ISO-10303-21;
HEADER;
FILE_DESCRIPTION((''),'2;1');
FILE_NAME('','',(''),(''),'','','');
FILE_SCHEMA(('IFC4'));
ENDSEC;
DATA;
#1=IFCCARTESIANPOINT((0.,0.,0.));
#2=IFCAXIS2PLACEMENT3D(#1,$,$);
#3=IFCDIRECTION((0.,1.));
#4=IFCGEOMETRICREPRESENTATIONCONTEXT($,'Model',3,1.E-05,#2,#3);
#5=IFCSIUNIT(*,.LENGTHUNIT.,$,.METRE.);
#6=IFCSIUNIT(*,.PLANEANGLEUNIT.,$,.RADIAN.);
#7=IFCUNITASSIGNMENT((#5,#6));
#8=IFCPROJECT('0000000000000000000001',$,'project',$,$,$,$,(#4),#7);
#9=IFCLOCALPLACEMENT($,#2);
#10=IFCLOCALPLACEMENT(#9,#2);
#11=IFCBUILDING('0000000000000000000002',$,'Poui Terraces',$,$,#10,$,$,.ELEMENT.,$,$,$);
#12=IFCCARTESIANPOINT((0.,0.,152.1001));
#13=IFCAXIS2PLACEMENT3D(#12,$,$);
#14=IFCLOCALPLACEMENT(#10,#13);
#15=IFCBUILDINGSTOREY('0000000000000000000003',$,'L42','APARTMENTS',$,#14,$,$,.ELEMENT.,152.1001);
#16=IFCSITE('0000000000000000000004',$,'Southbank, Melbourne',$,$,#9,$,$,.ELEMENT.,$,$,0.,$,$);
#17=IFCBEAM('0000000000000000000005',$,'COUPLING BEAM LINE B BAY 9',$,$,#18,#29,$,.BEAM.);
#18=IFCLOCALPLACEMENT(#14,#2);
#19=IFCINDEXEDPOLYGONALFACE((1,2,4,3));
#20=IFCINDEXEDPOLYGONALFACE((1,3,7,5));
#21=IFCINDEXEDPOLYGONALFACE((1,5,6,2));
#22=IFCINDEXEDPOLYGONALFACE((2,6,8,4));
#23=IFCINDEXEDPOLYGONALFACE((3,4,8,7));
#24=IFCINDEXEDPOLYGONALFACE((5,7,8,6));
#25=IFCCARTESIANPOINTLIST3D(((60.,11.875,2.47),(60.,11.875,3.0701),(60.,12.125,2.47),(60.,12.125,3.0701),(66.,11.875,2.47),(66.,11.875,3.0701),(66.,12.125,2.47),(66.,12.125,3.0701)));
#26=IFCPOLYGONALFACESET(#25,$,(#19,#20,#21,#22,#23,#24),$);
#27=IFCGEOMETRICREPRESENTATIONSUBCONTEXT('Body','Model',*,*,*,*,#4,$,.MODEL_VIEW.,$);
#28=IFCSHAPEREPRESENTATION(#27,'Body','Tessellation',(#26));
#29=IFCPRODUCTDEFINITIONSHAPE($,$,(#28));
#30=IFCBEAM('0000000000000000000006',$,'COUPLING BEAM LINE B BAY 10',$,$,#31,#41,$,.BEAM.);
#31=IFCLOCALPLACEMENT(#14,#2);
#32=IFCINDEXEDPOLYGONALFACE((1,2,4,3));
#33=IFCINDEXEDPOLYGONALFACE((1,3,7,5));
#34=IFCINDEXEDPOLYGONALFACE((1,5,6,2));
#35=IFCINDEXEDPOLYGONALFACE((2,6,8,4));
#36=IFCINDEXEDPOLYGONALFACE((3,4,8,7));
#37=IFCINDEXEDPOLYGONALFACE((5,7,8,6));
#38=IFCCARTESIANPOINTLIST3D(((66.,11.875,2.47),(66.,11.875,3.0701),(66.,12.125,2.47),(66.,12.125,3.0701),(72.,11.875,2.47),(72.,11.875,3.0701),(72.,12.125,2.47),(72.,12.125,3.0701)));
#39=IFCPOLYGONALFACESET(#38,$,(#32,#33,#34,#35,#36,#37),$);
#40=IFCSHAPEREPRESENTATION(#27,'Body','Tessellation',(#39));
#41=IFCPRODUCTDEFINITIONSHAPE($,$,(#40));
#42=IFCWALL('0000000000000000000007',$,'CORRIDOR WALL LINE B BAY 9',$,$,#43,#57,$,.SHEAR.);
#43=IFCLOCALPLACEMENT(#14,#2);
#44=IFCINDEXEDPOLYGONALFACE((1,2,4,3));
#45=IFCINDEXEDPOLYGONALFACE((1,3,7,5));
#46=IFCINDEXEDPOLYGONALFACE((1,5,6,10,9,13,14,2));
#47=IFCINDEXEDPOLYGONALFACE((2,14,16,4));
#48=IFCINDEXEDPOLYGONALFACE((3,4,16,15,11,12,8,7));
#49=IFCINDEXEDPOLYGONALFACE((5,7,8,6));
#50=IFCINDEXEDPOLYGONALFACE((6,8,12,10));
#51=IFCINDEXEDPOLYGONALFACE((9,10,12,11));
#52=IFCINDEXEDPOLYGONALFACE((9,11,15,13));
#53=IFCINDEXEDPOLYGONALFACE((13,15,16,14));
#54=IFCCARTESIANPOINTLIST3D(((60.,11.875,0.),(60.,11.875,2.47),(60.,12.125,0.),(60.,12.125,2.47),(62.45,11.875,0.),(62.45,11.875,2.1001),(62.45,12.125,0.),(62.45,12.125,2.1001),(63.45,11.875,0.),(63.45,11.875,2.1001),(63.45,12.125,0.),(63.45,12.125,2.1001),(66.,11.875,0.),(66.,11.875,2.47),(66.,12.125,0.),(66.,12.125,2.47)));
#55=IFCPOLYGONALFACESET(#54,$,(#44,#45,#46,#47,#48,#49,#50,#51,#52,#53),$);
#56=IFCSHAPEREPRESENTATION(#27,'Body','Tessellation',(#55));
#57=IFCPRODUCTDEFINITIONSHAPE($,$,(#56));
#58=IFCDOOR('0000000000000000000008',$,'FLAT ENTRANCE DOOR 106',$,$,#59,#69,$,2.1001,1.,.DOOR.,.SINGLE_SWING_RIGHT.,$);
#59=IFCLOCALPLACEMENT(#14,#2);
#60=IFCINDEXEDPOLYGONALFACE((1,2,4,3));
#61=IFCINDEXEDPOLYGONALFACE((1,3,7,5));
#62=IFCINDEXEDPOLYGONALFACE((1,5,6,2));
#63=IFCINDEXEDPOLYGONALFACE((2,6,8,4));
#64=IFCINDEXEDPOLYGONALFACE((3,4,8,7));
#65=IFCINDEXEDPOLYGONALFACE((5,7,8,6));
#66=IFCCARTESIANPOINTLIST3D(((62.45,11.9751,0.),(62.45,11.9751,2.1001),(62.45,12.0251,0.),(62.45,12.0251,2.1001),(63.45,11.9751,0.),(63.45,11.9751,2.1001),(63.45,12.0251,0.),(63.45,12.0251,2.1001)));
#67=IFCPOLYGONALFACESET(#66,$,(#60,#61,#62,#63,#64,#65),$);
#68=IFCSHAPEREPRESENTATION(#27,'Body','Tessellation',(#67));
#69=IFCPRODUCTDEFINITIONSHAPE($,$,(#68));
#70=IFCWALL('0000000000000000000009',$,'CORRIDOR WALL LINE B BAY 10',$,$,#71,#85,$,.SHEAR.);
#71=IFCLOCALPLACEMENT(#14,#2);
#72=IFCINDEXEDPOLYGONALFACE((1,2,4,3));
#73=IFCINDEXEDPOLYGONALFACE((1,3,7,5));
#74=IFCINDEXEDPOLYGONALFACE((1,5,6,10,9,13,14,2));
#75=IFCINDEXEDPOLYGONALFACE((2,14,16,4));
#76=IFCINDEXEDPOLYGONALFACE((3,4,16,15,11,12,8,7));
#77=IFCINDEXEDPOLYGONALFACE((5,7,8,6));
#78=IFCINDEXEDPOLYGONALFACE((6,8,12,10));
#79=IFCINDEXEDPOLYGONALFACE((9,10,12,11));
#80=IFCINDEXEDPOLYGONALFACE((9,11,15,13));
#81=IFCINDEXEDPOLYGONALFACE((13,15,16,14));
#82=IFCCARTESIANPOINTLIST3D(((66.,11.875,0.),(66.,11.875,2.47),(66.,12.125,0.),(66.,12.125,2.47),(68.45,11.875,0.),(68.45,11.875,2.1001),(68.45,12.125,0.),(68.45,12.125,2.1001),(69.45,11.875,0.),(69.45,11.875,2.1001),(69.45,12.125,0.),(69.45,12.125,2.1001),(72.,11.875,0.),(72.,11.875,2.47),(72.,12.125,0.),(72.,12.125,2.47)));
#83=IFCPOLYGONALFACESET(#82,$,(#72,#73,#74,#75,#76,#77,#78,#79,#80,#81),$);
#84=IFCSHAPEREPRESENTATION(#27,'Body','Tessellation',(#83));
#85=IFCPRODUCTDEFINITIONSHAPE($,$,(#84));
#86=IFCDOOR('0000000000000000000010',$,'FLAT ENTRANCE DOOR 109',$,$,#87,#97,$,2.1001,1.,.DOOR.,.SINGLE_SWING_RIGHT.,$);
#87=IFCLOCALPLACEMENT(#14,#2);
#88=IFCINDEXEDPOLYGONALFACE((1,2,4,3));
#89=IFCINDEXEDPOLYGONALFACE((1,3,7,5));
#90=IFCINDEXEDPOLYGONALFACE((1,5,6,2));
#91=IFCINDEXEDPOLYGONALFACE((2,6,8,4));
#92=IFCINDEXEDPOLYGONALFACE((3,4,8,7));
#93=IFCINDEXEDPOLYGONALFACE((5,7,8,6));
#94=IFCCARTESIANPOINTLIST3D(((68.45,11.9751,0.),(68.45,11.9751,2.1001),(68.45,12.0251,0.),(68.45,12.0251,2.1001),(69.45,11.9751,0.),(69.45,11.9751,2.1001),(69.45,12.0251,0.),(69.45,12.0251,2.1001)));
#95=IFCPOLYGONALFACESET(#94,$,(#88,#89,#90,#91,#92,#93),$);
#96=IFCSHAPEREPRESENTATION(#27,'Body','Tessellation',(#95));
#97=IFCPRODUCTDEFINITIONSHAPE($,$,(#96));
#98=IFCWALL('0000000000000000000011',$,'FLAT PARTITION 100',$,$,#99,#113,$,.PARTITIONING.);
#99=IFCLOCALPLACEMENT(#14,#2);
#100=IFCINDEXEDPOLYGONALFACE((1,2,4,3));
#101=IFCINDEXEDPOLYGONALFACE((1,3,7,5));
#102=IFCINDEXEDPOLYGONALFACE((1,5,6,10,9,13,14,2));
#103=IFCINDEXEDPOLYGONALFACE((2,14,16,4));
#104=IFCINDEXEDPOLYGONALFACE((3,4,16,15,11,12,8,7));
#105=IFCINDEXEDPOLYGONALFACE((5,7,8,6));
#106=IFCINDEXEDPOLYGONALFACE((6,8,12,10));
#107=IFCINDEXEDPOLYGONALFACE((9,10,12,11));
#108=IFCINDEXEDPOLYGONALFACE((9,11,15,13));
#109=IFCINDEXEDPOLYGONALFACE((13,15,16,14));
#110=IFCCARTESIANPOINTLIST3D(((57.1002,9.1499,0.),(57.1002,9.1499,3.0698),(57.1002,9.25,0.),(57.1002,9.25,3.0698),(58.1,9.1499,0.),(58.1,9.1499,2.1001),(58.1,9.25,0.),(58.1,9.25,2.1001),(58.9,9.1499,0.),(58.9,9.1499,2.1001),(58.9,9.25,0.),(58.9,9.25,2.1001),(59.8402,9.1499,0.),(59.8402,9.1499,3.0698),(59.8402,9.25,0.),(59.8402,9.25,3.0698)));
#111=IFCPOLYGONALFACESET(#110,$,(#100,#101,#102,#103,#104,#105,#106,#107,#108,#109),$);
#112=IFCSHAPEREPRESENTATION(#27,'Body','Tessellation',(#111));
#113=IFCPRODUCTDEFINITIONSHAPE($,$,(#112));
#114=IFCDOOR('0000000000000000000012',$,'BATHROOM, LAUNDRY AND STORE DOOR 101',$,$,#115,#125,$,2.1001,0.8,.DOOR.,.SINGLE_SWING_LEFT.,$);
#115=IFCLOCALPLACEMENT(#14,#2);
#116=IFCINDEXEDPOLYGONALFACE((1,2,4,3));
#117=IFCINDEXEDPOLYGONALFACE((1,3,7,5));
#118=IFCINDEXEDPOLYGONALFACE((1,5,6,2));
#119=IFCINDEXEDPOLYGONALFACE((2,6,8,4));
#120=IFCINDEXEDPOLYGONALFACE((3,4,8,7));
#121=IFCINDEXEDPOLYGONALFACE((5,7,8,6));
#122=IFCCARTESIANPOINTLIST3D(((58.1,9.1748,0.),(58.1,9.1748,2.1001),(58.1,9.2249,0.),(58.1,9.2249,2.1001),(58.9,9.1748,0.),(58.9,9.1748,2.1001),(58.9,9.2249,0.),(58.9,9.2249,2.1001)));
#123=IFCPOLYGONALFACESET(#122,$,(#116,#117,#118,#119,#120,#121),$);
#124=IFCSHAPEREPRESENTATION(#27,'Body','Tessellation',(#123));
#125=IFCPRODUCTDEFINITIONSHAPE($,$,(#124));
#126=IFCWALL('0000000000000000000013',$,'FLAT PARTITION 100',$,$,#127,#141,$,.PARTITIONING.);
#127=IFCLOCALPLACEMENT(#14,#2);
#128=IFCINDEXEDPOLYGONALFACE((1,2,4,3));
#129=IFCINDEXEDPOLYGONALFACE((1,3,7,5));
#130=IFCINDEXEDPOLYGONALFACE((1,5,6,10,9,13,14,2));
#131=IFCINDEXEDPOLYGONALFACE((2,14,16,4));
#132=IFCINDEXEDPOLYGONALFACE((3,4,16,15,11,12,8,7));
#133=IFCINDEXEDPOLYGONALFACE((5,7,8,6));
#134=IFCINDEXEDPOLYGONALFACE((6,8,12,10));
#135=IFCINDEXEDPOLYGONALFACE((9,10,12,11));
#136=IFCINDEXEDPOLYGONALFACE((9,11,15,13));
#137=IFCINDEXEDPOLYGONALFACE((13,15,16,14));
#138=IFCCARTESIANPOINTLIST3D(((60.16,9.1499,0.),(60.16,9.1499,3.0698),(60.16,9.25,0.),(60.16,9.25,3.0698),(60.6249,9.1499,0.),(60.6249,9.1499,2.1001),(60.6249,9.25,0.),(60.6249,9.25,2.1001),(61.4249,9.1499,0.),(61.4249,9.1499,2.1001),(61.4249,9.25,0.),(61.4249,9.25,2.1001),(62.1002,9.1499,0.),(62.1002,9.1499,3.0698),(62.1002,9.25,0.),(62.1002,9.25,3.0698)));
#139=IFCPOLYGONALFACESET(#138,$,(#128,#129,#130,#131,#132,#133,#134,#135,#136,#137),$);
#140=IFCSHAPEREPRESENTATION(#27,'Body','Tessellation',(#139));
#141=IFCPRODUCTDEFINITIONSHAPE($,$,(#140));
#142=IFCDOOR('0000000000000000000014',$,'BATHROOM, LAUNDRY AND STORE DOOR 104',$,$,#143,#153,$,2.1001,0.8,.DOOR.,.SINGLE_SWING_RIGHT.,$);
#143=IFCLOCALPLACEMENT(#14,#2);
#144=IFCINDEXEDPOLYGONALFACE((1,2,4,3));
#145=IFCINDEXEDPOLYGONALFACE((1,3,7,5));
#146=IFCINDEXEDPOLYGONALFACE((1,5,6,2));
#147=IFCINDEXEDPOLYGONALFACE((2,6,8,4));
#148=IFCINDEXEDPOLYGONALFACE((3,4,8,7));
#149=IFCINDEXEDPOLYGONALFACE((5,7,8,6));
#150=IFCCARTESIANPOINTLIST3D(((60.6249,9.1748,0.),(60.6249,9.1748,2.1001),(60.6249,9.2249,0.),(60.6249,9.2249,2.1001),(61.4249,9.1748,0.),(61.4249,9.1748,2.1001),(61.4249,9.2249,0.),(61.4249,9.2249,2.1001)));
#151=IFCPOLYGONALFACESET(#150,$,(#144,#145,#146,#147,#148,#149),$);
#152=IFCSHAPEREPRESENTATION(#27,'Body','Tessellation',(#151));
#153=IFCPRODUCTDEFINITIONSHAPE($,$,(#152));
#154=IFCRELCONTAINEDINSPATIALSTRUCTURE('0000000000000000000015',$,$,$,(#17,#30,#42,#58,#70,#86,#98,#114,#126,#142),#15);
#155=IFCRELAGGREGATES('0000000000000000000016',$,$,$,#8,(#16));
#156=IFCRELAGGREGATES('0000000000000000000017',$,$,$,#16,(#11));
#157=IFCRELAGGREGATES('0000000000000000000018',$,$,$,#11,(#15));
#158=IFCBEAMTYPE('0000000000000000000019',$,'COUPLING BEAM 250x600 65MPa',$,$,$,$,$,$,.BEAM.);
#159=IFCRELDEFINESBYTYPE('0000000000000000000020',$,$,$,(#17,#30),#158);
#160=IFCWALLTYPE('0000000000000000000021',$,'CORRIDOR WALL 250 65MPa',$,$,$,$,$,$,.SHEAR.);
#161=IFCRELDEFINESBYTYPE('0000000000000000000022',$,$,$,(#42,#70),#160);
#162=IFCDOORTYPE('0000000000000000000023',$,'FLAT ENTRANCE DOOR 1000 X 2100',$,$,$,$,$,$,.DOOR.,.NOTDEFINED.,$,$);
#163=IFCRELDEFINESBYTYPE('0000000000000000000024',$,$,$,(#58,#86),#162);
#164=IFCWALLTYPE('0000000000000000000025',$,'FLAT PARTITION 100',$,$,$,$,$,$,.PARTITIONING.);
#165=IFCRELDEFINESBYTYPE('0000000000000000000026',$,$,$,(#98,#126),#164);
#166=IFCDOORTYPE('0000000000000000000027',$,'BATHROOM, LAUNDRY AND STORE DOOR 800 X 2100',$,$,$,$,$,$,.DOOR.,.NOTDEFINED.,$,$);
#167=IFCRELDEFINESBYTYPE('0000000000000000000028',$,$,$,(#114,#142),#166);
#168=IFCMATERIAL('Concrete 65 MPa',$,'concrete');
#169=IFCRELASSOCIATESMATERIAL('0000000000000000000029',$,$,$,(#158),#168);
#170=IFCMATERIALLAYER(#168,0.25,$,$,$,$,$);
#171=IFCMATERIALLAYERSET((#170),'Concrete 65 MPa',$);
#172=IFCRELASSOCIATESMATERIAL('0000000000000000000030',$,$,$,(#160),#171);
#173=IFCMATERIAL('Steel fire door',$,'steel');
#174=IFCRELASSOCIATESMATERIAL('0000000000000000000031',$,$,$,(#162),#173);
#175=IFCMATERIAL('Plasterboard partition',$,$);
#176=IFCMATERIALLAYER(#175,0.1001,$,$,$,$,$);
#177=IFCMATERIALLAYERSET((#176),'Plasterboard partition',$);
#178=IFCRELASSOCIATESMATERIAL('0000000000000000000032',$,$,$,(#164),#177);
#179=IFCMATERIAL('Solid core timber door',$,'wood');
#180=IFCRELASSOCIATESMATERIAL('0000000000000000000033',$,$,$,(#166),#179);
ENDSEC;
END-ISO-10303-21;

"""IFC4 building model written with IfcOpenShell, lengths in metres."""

from ifc_helpers import new_model, si_unit, direction, frame, frame_2d, origin, origin_2d, place, context, subcontext, project, spatial, rectangle, extrude, source, transform, mapped, material, layer, layer_set, material_profile, profile_set, type_object, element, fill, save


model = new_model("IFC4")

# Units and contexts
model_context = context("Model", 3, precision=1e-05, world=origin(), true_north=direction((0.0, 1.0)))
body_context = subcontext(model_context, "Body", "Model", "MODEL_VIEW")
ifc_project = project(units=[si_unit("LENGTHUNIT", "METRE"), si_unit("PLANEANGLEUNIT", "RADIAN")], contexts=[model_context])

# Site, building, storey
site_placement = place(None, origin())
site = spatial("IfcSite", under=ifc_project, at=site_placement, Name="Southbank, Melbourne", CompositionType="ELEMENT", RefElevation=0.0)
building_placement = place(site_placement, origin())
building = spatial("IfcBuilding", under=site, at=building_placement, Name="Poui Terraces", CompositionType="ELEMENT")
storey_placement = place(building_placement, frame((0.0, 0.0, 152.1001)))
storey = spatial("IfcBuildingStorey", under=building, at=storey_placement, Name="L42", Description="APARTMENTS", CompositionType="ELEMENT", Elevation=152.1001)

# Beams
ifc_material_1 = material(Name="Concrete 65 MPa", Category="concrete")
ifc_material_profile = material_profile(ifc_material_1, rectangle(XDim=0.25, YDim=0.6001, at=origin_2d()), Name="RC 250x600")
ifc_profile_set = profile_set([ifc_material_profile], Name="Concrete 65 MPa")
beam_type = type_object("IfcBeamType", Name="COUPLING BEAM 250x600 65MPa", PredefinedType="BEAM", material=ifc_profile_set)
shared_shape = source(origin(), body_context, "Body", "SweptSolid", [
    extrude(rectangle(XDim=0.25, YDim=0.6001, at=origin_2d()), origin(), (0.0, 0.0, 1.0), 6.0),
])
for number, where, z_axis, x_axis, name in (
    (1, (60.0, 12.0, 2.77), (1.0, 0.0, 0.0), (0.0, 1.0, 0.0), "COUPLING BEAM LINE B BAY 9"),
    (2, (66.0, 12.0, 2.77), (1.0, 0.0, 0.0), (0.0, 1.0, 0.0), "COUPLING BEAM LINE B BAY 10"),
):
    element("IfcBeam", number, at=place(storey_placement, frame(where, z_axis=z_axis, x_axis=x_axis)), inside=storey, type_object=beam_type, Name=name, PredefinedType="BEAM", context=body_context, shape_type="MappedRepresentation", body=[
        mapped(shared_shape, transform((0.0, 0.0, 0.0))),
    ])

# Walls, openings, doors
ifc_layer_1 = layer(ifc_material_1, 0.25)
ifc_layer_set_1 = layer_set([ifc_layer_1], Name="Concrete 65 MPa")
wall_type_1 = type_object("IfcWallType", Name="CORRIDOR WALL 250 65MPa", PredefinedType="SHEAR", material=ifc_layer_set_1)
wall_1_placement = place(storey_placement, frame((60.0, 12.0, 0.0), z_axis=(0.0, 0.0, 1.0), x_axis=(1.0, 0.0, 0.0)))
wall_1 = element("IfcWall", 3, at=wall_1_placement, inside=storey, type_object=wall_type_1, Name="CORRIDOR WALL LINE B BAY 9", PredefinedType="SHEAR", context=body_context, shape_type="SweptSolid", body=[
    extrude(rectangle(XDim=6.0, YDim=0.25, at=frame_2d((3.0, 0.0))), origin(), (0.0, 0.0, 1.0), 2.47),
])
opening_1_placement = place(wall_1_placement, frame((2.45, 0.0, 0.0)))
opening_1 = element("IfcOpeningElement", 4, at=opening_1_placement, cuts=wall_1, PredefinedType="OPENING", context=body_context, shape_type="SweptSolid", body=[
    extrude(rectangle(XDim=1.0, YDim=2.1001, at=frame_2d((0.5, 1.05))), frame((0.0, 0.135, 0.0), z_axis=(0.0, -1.0, 0.0), x_axis=(1.0, 0.0, 0.0)), (0.0, 0.0, 1.0), 0.27),
])
ifc_material_2 = material(Name="Steel fire door", Category="steel")
door_type_1 = type_object("IfcDoorType", Name="FLAT ENTRANCE DOOR 1000 X 2100", OperationType="NOTDEFINED", PredefinedType="DOOR", material=ifc_material_2)
door_1_placement = place(opening_1_placement, frame((1.0, 0.0, 0.0), z_axis=(0.0, 0.0, 1.0), x_axis=(-1.0, 0.0, 0.0)))
door_1 = element("IfcDoor", 5, at=door_1_placement, inside=storey, type_object=door_type_1, Name="FLAT ENTRANCE DOOR 106", OperationType="SINGLE_SWING_RIGHT", OverallHeight=2.1001, OverallWidth=1.0, PredefinedType="DOOR", context=body_context, shape_type="SweptSolid", body=[
    extrude(rectangle(XDim=1.0, YDim=2.1001, at=frame_2d((0.5, 1.05))), frame((0.0, 0.0249, 0.0), z_axis=(0.0, -1.0, 0.0), x_axis=(1.0, 0.0, 0.0)), (0.0, 0.0, 1.0), 0.05),
])
fill(opening_1, door_1)
wall_2_placement = place(storey_placement, frame((66.0, 12.0, 0.0), z_axis=(0.0, 0.0, 1.0), x_axis=(1.0, 0.0, 0.0)))
wall_2 = element("IfcWall", 6, at=wall_2_placement, inside=storey, type_object=wall_type_1, Name="CORRIDOR WALL LINE B BAY 10", PredefinedType="SHEAR", context=body_context, shape_type="SweptSolid", body=[
    extrude(rectangle(XDim=6.0, YDim=0.25, at=frame_2d((3.0, 0.0))), origin(), (0.0, 0.0, 1.0), 2.47),
])
opening_2_placement = place(wall_2_placement, frame((2.45, 0.0, 0.0)))
opening_2 = element("IfcOpeningElement", 7, at=opening_2_placement, cuts=wall_2, PredefinedType="OPENING", context=body_context, shape_type="SweptSolid", body=[
    extrude(rectangle(XDim=1.0, YDim=2.1001, at=frame_2d((0.5, 1.05))), frame((0.0, 0.135, 0.0), z_axis=(0.0, -1.0, 0.0), x_axis=(1.0, 0.0, 0.0)), (0.0, 0.0, 1.0), 0.27),
])
door_2_placement = place(opening_2_placement, frame((1.0, 0.0, 0.0), z_axis=(0.0, 0.0, 1.0), x_axis=(-1.0, 0.0, 0.0)))
door_2 = element("IfcDoor", 8, at=door_2_placement, inside=storey, type_object=door_type_1, Name="FLAT ENTRANCE DOOR 109", OperationType="SINGLE_SWING_RIGHT", OverallHeight=2.1001, OverallWidth=1.0, PredefinedType="DOOR", context=body_context, shape_type="SweptSolid", body=[
    extrude(rectangle(XDim=1.0, YDim=2.1001, at=frame_2d((0.5, 1.05))), frame((0.0, 0.0249, 0.0), z_axis=(0.0, -1.0, 0.0), x_axis=(1.0, 0.0, 0.0)), (0.0, 0.0, 1.0), 0.05),
])
fill(opening_2, door_2)
ifc_material_3 = material(Name="Plasterboard partition")
ifc_layer_2 = layer(ifc_material_3, 0.1001)
ifc_layer_set_2 = layer_set([ifc_layer_2], Name="Plasterboard partition")
wall_type_2 = type_object("IfcWallType", Name="FLAT PARTITION 100", PredefinedType="PARTITIONING", material=ifc_layer_set_2)
wall_3_placement = place(storey_placement, frame((57.1001, 9.2, 0.0), z_axis=(0.0, 0.0, 1.0), x_axis=(1.0, 0.0, 0.0)))
wall_3 = element("IfcWall", 9, at=wall_3_placement, inside=storey, type_object=wall_type_2, Name="FLAT PARTITION 100", PredefinedType="PARTITIONING", context=body_context, shape_type="SweptSolid", body=[
    extrude(rectangle(XDim=2.74, YDim=0.1001, at=frame_2d((1.3701, 0.0))), origin(), (0.0, 0.0, 1.0), 3.0698),
])
opening_3_placement = place(wall_3_placement, frame((1.0, 0.0, 0.0)))
opening_3 = element("IfcOpeningElement", 10, at=opening_3_placement, cuts=wall_3, PredefinedType="OPENING", context=body_context, shape_type="SweptSolid", body=[
    extrude(rectangle(XDim=0.8, YDim=2.1001, at=frame_2d((0.3999, 1.05))), frame((0.0, 0.0601, 0.0), z_axis=(0.0, -1.0, 0.0), x_axis=(1.0, 0.0, 0.0)), (0.0, 0.0, 1.0), 0.1201),
])
ifc_material_4 = material(Name="Solid core timber door", Category="wood")
door_type_2 = type_object("IfcDoorType", Name="BATHROOM, LAUNDRY AND STORE DOOR 800 X 2100", OperationType="NOTDEFINED", PredefinedType="DOOR", material=ifc_material_4)
door_3_placement = place(opening_3_placement, origin())
door_3 = element("IfcDoor", 11, at=door_3_placement, inside=storey, type_object=door_type_2, Name="BATHROOM, LAUNDRY AND STORE DOOR 101", OperationType="SINGLE_SWING_LEFT", OverallHeight=2.1001, OverallWidth=0.8, PredefinedType="DOOR", context=body_context, shape_type="SweptSolid", body=[
    extrude(rectangle(XDim=0.8, YDim=2.1001, at=frame_2d((0.3999, 1.05))), frame((0.0, 0.0249, 0.0), z_axis=(0.0, -1.0, 0.0), x_axis=(1.0, 0.0, 0.0)), (0.0, 0.0, 1.0), 0.05),
])
fill(opening_3, door_3)
wall_4_placement = place(storey_placement, frame((60.1599, 9.2, 0.0), z_axis=(0.0, 0.0, 1.0), x_axis=(1.0, 0.0, 0.0)))
wall_4 = element("IfcWall", 12, at=wall_4_placement, inside=storey, type_object=wall_type_2, Name="FLAT PARTITION 100", PredefinedType="PARTITIONING", context=body_context, shape_type="SweptSolid", body=[
    extrude(rectangle(XDim=1.9402, YDim=0.1001, at=frame_2d((0.9702, 0.0))), origin(), (0.0, 0.0, 1.0), 3.0698),
])
opening_4_placement = place(wall_4_placement, frame((0.4651, 0.0, 0.0)))
opening_4 = element("IfcOpeningElement", 13, at=opening_4_placement, cuts=wall_4, PredefinedType="OPENING", context=body_context, shape_type="SweptSolid", body=[
    extrude(rectangle(XDim=0.8, YDim=2.1001, at=frame_2d((0.3999, 1.05))), frame((0.0, 0.0601, 0.0), z_axis=(0.0, -1.0, 0.0), x_axis=(1.0, 0.0, 0.0)), (0.0, 0.0, 1.0), 0.1201),
])
door_4_placement = place(opening_4_placement, origin())
door_4 = element("IfcDoor", 14, at=door_4_placement, inside=storey, type_object=door_type_2, Name="BATHROOM, LAUNDRY AND STORE DOOR 104", OperationType="SINGLE_SWING_RIGHT", OverallHeight=2.1001, OverallWidth=0.8, PredefinedType="DOOR", context=body_context, shape_type="SweptSolid", body=[
    extrude(rectangle(XDim=0.8, YDim=2.1001, at=frame_2d((0.3999, 1.05))), frame((0.0, 0.0249, 0.0), z_axis=(0.0, -1.0, 0.0), x_axis=(1.0, 0.0, 0.0)), (0.0, 0.0, 1.0), 0.05),
])
fill(opening_4, door_4)

save(model, "model.ifc")
